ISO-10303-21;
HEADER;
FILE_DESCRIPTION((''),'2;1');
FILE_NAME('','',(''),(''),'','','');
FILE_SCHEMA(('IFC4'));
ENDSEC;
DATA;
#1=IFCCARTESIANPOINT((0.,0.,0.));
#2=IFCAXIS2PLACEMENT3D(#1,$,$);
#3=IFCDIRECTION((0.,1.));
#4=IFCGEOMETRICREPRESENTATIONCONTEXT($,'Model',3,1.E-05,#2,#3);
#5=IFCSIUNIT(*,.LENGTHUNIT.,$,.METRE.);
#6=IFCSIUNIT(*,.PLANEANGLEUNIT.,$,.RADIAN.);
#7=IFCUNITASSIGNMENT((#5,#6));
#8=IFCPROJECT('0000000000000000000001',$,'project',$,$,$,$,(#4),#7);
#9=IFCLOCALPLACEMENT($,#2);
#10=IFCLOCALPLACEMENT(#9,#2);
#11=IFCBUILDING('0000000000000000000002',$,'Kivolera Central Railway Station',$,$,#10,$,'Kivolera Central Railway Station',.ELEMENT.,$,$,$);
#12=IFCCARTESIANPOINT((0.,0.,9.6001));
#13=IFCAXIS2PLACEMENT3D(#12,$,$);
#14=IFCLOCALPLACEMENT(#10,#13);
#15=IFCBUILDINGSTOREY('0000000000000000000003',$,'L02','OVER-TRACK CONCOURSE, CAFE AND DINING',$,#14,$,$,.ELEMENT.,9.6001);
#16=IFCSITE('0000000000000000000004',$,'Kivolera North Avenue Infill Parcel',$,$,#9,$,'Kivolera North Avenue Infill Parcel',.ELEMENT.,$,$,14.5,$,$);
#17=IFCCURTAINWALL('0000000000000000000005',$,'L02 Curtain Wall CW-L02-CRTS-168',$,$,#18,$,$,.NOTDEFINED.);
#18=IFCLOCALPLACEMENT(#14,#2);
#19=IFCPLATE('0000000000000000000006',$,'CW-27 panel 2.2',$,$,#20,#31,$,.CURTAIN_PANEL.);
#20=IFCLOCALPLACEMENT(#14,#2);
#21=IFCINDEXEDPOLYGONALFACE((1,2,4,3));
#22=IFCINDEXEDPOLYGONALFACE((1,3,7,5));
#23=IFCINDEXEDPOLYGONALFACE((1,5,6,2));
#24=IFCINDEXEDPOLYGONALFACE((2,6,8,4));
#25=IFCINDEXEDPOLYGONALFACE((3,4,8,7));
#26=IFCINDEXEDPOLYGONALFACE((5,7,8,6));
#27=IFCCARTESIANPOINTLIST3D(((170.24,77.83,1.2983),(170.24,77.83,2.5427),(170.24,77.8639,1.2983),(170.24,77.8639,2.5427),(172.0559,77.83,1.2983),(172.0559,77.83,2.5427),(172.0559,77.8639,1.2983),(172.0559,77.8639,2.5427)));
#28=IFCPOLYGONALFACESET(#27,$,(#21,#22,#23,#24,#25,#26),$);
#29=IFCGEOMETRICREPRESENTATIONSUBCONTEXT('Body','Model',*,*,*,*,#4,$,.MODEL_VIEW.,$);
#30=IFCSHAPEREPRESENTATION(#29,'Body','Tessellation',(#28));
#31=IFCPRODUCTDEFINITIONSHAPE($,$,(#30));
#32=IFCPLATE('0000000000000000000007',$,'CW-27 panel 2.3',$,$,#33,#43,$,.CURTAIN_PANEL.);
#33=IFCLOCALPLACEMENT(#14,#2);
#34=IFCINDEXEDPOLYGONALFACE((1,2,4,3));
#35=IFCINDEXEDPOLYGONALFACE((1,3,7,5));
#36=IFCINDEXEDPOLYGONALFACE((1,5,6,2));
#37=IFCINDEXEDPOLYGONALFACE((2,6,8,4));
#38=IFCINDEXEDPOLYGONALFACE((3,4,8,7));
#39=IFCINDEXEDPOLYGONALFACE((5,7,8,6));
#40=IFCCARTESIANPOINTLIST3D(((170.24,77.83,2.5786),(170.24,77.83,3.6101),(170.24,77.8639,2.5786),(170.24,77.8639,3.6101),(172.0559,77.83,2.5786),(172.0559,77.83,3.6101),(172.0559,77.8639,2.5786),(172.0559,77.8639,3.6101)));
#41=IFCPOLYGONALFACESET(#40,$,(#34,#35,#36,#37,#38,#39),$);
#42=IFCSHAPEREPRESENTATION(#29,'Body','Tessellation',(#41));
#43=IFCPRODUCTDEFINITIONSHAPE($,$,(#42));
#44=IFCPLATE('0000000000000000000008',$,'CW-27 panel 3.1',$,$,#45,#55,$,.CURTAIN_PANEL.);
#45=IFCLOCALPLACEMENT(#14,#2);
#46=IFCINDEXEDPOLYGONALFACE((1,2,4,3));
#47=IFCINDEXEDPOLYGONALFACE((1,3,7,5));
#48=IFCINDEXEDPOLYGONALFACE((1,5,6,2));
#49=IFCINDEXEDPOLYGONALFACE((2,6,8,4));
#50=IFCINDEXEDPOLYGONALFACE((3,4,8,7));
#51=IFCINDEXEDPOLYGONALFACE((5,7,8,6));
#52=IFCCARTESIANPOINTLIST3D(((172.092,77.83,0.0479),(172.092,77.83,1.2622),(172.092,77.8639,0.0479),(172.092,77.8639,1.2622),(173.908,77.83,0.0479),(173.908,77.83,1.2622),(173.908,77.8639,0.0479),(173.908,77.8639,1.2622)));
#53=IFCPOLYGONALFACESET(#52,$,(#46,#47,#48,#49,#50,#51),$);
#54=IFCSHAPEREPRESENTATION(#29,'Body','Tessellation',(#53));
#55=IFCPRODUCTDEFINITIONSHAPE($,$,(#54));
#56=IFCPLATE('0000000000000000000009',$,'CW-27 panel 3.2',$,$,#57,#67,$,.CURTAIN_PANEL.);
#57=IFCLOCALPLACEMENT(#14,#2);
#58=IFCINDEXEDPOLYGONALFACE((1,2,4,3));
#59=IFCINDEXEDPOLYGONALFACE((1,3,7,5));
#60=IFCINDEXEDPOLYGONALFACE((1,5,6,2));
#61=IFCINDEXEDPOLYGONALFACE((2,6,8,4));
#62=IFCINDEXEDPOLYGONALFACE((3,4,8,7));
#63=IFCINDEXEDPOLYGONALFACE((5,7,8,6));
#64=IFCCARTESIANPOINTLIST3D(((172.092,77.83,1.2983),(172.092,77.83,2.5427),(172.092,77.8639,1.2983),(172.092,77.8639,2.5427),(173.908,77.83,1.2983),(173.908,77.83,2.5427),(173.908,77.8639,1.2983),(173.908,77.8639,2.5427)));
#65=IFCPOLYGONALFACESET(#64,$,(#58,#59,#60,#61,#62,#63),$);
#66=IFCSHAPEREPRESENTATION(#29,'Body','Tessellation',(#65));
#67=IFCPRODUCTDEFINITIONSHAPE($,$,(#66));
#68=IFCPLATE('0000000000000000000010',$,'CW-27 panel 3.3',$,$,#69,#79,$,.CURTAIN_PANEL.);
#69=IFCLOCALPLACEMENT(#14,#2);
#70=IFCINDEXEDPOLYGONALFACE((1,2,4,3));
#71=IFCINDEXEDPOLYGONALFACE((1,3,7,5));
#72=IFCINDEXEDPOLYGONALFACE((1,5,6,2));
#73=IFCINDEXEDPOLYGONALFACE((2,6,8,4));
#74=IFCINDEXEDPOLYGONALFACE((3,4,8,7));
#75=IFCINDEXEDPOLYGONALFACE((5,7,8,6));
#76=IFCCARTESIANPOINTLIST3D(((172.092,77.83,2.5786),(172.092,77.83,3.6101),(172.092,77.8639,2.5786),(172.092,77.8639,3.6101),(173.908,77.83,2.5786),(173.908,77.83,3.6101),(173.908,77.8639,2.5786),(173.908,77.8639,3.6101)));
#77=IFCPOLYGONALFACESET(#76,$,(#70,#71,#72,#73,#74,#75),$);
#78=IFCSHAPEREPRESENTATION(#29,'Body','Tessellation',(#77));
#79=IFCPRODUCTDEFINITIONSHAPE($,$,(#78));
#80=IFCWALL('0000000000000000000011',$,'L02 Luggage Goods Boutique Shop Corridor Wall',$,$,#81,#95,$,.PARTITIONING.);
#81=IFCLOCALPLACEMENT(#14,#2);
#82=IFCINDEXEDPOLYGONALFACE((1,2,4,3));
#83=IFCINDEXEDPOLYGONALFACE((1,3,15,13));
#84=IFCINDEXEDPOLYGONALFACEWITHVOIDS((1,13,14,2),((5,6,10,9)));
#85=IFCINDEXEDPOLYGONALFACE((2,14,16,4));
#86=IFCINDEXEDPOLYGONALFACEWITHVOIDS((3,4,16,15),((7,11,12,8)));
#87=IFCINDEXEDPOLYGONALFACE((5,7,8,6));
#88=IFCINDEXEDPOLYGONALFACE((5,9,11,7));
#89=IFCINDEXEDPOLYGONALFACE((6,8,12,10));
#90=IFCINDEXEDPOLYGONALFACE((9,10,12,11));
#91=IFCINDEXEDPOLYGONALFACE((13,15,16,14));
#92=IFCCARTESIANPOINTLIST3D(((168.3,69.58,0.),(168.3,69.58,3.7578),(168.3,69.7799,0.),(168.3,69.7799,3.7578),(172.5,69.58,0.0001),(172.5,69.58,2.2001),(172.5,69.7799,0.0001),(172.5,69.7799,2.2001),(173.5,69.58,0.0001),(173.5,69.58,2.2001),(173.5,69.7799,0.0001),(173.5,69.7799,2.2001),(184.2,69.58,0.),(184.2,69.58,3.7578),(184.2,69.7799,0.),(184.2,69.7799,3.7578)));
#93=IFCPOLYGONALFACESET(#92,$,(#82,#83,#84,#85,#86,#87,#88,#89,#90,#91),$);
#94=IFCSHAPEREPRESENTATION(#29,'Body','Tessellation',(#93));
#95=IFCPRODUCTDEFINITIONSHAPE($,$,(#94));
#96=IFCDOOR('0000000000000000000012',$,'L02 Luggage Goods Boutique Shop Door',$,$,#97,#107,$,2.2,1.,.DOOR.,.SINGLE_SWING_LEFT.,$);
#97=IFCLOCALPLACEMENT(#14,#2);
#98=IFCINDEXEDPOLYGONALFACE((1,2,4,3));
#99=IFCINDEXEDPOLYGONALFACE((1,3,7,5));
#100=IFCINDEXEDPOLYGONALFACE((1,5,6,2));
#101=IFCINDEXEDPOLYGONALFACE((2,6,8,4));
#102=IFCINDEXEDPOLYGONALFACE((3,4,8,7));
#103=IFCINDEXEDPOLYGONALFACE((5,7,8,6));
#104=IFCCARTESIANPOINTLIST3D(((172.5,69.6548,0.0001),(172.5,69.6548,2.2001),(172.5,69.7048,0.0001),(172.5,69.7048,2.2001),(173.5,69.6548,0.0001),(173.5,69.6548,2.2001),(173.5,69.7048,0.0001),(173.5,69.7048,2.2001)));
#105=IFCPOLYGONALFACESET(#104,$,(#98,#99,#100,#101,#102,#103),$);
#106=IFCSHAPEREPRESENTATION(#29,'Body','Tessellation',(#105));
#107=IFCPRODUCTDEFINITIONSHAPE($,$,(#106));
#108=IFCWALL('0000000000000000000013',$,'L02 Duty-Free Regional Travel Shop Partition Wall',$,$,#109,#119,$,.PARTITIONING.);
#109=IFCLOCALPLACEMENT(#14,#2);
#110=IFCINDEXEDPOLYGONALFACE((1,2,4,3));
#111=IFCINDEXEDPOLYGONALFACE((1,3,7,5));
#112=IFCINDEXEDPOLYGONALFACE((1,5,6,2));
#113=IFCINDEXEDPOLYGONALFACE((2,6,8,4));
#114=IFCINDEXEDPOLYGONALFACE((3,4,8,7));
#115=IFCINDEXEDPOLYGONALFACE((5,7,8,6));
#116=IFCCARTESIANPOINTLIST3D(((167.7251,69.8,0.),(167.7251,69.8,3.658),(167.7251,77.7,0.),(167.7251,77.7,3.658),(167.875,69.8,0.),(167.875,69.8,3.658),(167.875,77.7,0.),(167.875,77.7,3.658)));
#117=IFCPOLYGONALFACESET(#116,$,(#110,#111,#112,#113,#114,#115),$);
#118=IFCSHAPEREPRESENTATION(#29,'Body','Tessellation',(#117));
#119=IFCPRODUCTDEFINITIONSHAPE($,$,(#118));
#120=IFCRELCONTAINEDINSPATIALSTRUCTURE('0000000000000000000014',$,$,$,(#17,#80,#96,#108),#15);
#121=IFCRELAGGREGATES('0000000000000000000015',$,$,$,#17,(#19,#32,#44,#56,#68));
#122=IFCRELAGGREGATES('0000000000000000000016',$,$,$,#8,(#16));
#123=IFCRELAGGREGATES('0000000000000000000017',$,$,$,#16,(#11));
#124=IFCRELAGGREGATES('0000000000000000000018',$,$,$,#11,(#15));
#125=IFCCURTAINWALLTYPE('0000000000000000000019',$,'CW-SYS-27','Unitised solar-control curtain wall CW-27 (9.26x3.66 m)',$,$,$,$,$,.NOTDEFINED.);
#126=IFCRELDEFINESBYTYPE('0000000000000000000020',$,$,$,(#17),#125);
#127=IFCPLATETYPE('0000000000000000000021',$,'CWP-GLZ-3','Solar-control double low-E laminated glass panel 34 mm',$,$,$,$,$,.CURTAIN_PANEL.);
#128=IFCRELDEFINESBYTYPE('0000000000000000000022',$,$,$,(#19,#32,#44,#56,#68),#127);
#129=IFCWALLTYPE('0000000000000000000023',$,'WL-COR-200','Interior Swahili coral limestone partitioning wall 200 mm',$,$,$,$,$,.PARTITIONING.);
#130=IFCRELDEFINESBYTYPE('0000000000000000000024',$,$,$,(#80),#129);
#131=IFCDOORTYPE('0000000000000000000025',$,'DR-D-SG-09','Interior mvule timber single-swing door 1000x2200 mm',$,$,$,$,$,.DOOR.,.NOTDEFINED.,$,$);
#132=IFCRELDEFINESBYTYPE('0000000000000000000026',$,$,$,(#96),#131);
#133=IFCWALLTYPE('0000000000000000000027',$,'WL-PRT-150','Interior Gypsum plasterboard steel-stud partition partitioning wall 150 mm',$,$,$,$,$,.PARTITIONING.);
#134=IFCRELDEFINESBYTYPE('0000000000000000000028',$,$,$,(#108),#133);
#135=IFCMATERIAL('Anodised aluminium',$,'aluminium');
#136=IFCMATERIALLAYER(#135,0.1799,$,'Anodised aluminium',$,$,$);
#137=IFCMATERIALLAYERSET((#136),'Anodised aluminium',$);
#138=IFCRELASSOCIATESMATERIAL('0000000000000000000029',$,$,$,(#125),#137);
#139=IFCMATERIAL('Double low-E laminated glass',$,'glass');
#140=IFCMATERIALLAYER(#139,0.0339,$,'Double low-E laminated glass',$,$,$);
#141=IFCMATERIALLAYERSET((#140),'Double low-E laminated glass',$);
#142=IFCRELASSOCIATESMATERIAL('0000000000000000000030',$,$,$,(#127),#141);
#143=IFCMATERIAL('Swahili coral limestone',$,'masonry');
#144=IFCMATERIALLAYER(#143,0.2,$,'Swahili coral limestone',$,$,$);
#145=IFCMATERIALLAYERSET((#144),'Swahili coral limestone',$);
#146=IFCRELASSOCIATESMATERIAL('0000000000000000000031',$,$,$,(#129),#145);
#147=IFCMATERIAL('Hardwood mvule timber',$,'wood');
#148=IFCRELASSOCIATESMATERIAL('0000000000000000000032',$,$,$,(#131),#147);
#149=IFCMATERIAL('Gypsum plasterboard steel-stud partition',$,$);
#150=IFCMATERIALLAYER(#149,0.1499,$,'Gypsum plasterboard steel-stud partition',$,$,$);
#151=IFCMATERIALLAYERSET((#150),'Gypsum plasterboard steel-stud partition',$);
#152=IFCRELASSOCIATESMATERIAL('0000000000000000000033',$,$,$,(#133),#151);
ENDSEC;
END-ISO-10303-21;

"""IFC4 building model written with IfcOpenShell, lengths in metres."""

from ifc_helpers import new_model, si_unit, direction, frame, frame_2d, origin, origin_2d, place, context, subcontext, project, spatial, rectangle, extrude, material, layer, layer_set, type_object, element, fill, aggregate, save


model = new_model("IFC4")

# Units and contexts
model_context = context("Model", 3, precision=1e-05, world=origin(), true_north=direction((0.0, 1.0)))
body_context = subcontext(model_context, "Body", "Model", "MODEL_VIEW")
ifc_project = project(units=[si_unit("LENGTHUNIT", "METRE"), si_unit("PLANEANGLEUNIT", "RADIAN")], contexts=[model_context])

# Site, building, storey
site_placement = place(None, origin())
site = spatial("IfcSite", under=ifc_project, at=site_placement, Name="Kivolera North Avenue Infill Parcel", LongName="Kivolera North Avenue Infill Parcel", CompositionType="ELEMENT", RefElevation=14.5)
building_placement = place(site_placement, origin())
building = spatial("IfcBuilding", under=site, at=building_placement, Name="Kivolera Central Railway Station", LongName="Kivolera Central Railway Station", CompositionType="ELEMENT")
storey_placement = place(building_placement, frame((0.0, 0.0, 9.6001)))
storey = spatial("IfcBuildingStorey", under=building, at=storey_placement, Name="L02", Description="OVER-TRACK CONCOURSE, CAFE AND DINING", CompositionType="ELEMENT", Elevation=9.6001)

# Shared definitions
ifc_material_1 = material(Name="Anodised aluminium", Category="aluminium")
ifc_layer_1 = layer(ifc_material_1, 0.1799, Name="Anodised aluminium")
ifc_layer_set_1 = layer_set([ifc_layer_1], Name="Anodised aluminium")
curtain_wall_type = type_object("IfcCurtainWallType", Name="CW-SYS-27", Description="Unitised solar-control curtain wall CW-27 (9.26x3.66 m)", PredefinedType="NOTDEFINED", material=ifc_layer_set_1)

# Curtain wall
curtain_wall_1_placement = place(storey_placement, origin())
curtain_wall_1 = element("IfcCurtainWall", 1, at=curtain_wall_1_placement, inside=storey, type_object=curtain_wall_type, Name="L02 Curtain Wall CW-L02-CRTS-168", PredefinedType="NOTDEFINED")

# Plates
ifc_material_2 = material(Name="Double low-E laminated glass", Category="glass")
ifc_layer_2 = layer(ifc_material_2, 0.0339, Name="Double low-E laminated glass")
ifc_layer_set_2 = layer_set([ifc_layer_2], Name="Double low-E laminated glass")
plate_type = type_object("IfcPlateType", Name="CWP-GLZ-3", Description="Solar-control double low-E laminated glass panel 34 mm", PredefinedType="CURTAIN_PANEL", material=ifc_layer_set_2)
plate_1_placement = place(storey_placement, frame((171.1479, 77.8469, 1.2983), z_axis=(0.0, 0.0, 1.0), x_axis=(1.0, 0.0, 0.0)))
plate_1 = element("IfcPlate", 2, at=plate_1_placement, type_object=plate_type, Name="CW-27 panel 2.2", PredefinedType="CURTAIN_PANEL", context=body_context, shape_type="SweptSolid", body=[
    extrude(rectangle(XDim=1.8159, YDim=0.0339, at=origin_2d()), origin(), (0.0, 0.0, 1.0), 1.2444),
])
plate_2_placement = place(storey_placement, frame((171.1479, 77.8469, 2.5786), z_axis=(0.0, 0.0, 1.0), x_axis=(1.0, 0.0, 0.0)))
plate_2 = element("IfcPlate", 3, at=plate_2_placement, type_object=plate_type, Name="CW-27 panel 2.3", PredefinedType="CURTAIN_PANEL", context=body_context, shape_type="SweptSolid", body=[
    extrude(rectangle(XDim=1.8159, YDim=0.0339, at=origin_2d()), origin(), (0.0, 0.0, 1.0), 1.0315),
])
plate_3_placement = place(storey_placement, frame((173.0, 77.8469, 0.0479), z_axis=(0.0, 0.0, 1.0), x_axis=(1.0, 0.0, 0.0)))
plate_3 = element("IfcPlate", 4, at=plate_3_placement, type_object=plate_type, Name="CW-27 panel 3.1", PredefinedType="CURTAIN_PANEL", context=body_context, shape_type="SweptSolid", body=[
    extrude(rectangle(XDim=1.8159, YDim=0.0339, at=origin_2d()), origin(), (0.0, 0.0, 1.0), 1.2144),
])
plate_4_placement = place(storey_placement, frame((173.0, 77.8469, 1.2983), z_axis=(0.0, 0.0, 1.0), x_axis=(1.0, 0.0, 0.0)))
plate_4 = element("IfcPlate", 5, at=plate_4_placement, type_object=plate_type, Name="CW-27 panel 3.2", PredefinedType="CURTAIN_PANEL", context=body_context, shape_type="SweptSolid", body=[
    extrude(rectangle(XDim=1.8159, YDim=0.0339, at=origin_2d()), origin(), (0.0, 0.0, 1.0), 1.2444),
])
plate_5_placement = place(storey_placement, frame((173.0, 77.8469, 2.5786), z_axis=(0.0, 0.0, 1.0), x_axis=(1.0, 0.0, 0.0)))
plate_5 = element("IfcPlate", 6, at=plate_5_placement, type_object=plate_type, Name="CW-27 panel 3.3", PredefinedType="CURTAIN_PANEL", context=body_context, shape_type="SweptSolid", body=[
    extrude(rectangle(XDim=1.8159, YDim=0.0339, at=origin_2d()), origin(), (0.0, 0.0, 1.0), 1.0315),
])
aggregate(curtain_wall_1, [plate_1, plate_2, plate_3, plate_4, plate_5])

# Wall, opening, door
ifc_material_3 = material(Name="Swahili coral limestone", Category="masonry")
ifc_layer_3 = layer(ifc_material_3, 0.2, Name="Swahili coral limestone")
ifc_layer_set_3 = layer_set([ifc_layer_3], Name="Swahili coral limestone")
wall_type_1 = type_object("IfcWallType", Name="WL-COR-200", Description="Interior Swahili coral limestone partitioning wall 200 mm", PredefinedType="PARTITIONING", material=ifc_layer_set_3)
wall_1_placement = place(storey_placement, frame((168.3, 69.6799, 0.0), z_axis=(0.0, 0.0, 1.0), x_axis=(1.0, 0.0, 0.0)))
wall_1 = element("IfcWall", 7, at=wall_1_placement, inside=storey, type_object=wall_type_1, Name="L02 Luggage Goods Boutique Shop Corridor Wall", PredefinedType="PARTITIONING", context=body_context, shape_type="SweptSolid", body=[
    extrude(rectangle(XDim=15.8999, YDim=0.2, at=frame_2d((7.95, 0.0))), origin(), (0.0, 0.0, 1.0), 3.7578),
])
opening_placement = place(wall_1_placement, frame((4.2, 0.0, 0.0)))
opening = element("IfcOpeningElement", 8, at=opening_placement, cuts=wall_1, PredefinedType="OPENING", context=body_context, shape_type="SweptSolid", body=[
    extrude(rectangle(XDim=1.0, YDim=2.2, at=frame_2d((0.5, 1.1001))), frame((0.0, 0.1099, 0.0), z_axis=(0.0, -1.0, 0.0), x_axis=(1.0, 0.0, 0.0)), (0.0, 0.0, 1.0), 0.22),
])
ifc_material_4 = material(Name="Hardwood mvule timber", Category="wood")
door_type = type_object("IfcDoorType", Name="DR-D-SG-09", Description="Interior mvule timber single-swing door 1000x2200 mm", OperationType="NOTDEFINED", PredefinedType="DOOR", material=ifc_material_4)
door_placement = place(opening_placement, origin())
door = element("IfcDoor", 9, at=door_placement, inside=storey, type_object=door_type, Name="L02 Luggage Goods Boutique Shop Door", OperationType="SINGLE_SWING_LEFT", OverallHeight=2.2, OverallWidth=1.0, PredefinedType="DOOR", context=body_context, shape_type="SweptSolid", body=[
    extrude(rectangle(XDim=1.0, YDim=2.2, at=frame_2d((0.5, 1.1001))), frame((0.0, 0.0249, 0.0), z_axis=(0.0, -1.0, 0.0), x_axis=(1.0, 0.0, 0.0)), (0.0, 0.0, 1.0), 0.05),
])
fill(opening, door)

# Wall
ifc_material_5 = material(Name="Gypsum plasterboard steel-stud partition")
ifc_layer_4 = layer(ifc_material_5, 0.1499, Name="Gypsum plasterboard steel-stud partition")
ifc_layer_set_4 = layer_set([ifc_layer_4], Name="Gypsum plasterboard steel-stud partition")
wall_type_2 = type_object("IfcWallType", Name="WL-PRT-150", Description="Interior Gypsum plasterboard steel-stud partition partitioning wall 150 mm", PredefinedType="PARTITIONING", material=ifc_layer_set_4)
wall_2_placement = place(storey_placement, frame((167.8, 69.8, 0.0), z_axis=(0.0, 0.0, 1.0), x_axis=(0.0, 1.0, 0.0)))
element("IfcWall", 10, at=wall_2_placement, inside=storey, type_object=wall_type_2, Name="L02 Duty-Free Regional Travel Shop Partition Wall", PredefinedType="PARTITIONING", context=body_context, shape_type="SweptSolid", body=[
    extrude(rectangle(XDim=7.8999, YDim=0.1499, at=frame_2d((3.95, 0.0))), origin(), (0.0, 0.0, 1.0), 3.658),
])

save(model, "model.ifc")
